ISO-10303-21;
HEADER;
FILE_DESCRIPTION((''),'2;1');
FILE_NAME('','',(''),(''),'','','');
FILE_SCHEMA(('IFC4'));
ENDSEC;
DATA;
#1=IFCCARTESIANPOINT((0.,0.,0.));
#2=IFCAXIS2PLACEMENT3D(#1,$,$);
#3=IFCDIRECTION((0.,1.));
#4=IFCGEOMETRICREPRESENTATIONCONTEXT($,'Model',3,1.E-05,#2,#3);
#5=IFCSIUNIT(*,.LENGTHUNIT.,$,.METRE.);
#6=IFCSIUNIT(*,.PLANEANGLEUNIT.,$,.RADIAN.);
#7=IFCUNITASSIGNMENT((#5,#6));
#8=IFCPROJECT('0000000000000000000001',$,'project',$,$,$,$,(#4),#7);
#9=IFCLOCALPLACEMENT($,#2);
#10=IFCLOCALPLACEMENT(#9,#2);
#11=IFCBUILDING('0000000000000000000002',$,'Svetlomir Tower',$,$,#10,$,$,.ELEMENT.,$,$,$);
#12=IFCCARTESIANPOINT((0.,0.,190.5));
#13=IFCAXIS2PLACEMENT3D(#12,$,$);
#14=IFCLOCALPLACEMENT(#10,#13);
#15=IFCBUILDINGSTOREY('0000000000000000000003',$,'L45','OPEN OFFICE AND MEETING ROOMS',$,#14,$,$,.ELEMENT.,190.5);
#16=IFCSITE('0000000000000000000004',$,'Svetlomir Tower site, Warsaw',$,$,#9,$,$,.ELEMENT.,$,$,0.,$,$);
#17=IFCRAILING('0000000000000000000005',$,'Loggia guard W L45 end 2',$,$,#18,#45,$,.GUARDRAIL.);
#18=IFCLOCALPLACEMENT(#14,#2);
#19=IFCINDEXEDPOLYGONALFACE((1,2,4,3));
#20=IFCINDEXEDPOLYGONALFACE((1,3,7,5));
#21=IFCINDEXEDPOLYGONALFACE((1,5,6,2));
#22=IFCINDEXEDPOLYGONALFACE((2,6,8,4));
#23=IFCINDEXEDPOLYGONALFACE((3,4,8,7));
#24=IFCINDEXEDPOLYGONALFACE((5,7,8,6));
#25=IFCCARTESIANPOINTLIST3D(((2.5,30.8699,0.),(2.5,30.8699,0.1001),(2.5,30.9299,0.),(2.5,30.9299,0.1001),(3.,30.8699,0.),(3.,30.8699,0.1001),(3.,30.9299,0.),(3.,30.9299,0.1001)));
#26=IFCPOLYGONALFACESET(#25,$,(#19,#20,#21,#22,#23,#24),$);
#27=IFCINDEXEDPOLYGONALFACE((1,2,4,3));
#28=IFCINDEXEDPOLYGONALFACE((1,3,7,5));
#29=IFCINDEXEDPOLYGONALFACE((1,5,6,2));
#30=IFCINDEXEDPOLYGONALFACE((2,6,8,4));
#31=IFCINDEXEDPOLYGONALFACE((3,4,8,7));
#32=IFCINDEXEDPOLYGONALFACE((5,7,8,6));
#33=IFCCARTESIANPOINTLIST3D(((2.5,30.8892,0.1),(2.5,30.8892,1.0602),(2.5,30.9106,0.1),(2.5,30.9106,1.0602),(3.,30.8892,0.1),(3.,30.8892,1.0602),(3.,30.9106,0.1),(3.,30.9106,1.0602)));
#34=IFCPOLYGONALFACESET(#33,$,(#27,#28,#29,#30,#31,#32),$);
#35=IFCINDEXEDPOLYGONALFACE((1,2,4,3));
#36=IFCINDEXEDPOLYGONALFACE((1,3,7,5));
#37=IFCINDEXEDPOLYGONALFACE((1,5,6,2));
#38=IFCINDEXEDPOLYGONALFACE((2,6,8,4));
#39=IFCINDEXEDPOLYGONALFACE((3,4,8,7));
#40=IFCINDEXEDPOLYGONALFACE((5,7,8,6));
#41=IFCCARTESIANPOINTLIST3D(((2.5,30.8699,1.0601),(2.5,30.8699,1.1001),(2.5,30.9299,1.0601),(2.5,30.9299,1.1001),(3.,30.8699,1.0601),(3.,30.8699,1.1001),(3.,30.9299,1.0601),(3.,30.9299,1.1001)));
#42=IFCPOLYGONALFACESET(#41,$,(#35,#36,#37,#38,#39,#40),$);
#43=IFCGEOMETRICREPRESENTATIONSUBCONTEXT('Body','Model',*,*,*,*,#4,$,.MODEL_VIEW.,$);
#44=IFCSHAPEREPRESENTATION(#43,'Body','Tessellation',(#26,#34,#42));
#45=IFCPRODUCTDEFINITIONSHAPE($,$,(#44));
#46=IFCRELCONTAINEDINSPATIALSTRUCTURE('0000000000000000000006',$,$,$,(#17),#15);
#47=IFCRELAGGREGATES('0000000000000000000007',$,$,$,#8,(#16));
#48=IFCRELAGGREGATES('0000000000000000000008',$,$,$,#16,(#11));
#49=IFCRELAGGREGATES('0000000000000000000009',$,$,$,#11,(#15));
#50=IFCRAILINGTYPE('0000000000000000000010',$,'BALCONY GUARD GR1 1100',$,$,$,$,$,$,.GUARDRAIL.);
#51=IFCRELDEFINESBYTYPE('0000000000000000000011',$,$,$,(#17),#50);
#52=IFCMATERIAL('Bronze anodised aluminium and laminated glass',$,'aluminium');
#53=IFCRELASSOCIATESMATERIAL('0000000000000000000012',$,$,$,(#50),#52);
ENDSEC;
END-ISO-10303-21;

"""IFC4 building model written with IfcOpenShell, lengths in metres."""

from ifc_helpers import new_model, si_unit, direction, frame, origin, origin_2d, place, context, subcontext, project, spatial, rectangle, extrude, material, type_object, element, save


model = new_model("IFC4")

# Units and contexts
model_context = context("Model", 3, precision=1e-05, world=origin(), true_north=direction((0.0, 1.0)))
body_context = subcontext(model_context, "Body", "Model", "MODEL_VIEW")
ifc_project = project(units=[si_unit("LENGTHUNIT", "METRE"), si_unit("PLANEANGLEUNIT", "RADIAN")], contexts=[model_context])

# Site, building, storey
site_placement = place(None, origin())
site = spatial("IfcSite", under=ifc_project, at=site_placement, Name="Svetlomir Tower site, Warsaw", CompositionType="ELEMENT", RefElevation=0.0)
building_placement = place(site_placement, origin())
building = spatial("IfcBuilding", under=site, at=building_placement, Name="Svetlomir Tower", CompositionType="ELEMENT")
storey_placement = place(building_placement, frame((0.0, 0.0, 190.5)))
storey = spatial("IfcBuildingStorey", under=building, at=storey_placement, Name="L45", Description="OPEN OFFICE AND MEETING ROOMS", CompositionType="ELEMENT", Elevation=190.5)

# Railing
ifc_material_1 = material(Name="Bronze anodised aluminium and laminated glass", Category="aluminium")
railing_type = type_object("IfcRailingType", Name="BALCONY GUARD GR1 1100", PredefinedType="GUARDRAIL", material=ifc_material_1)
railing_1_placement = place(storey_placement, frame((2.5, 30.8999, 0.0)))
element("IfcRailing", 1, at=railing_1_placement, inside=storey, type_object=railing_type, Name="Loggia guard W L45 end 2", PredefinedType="GUARDRAIL", context=body_context, shape_type="SweptSolid", body=[
    extrude(rectangle(XDim=0.0601, YDim=0.1001, at=origin_2d()), frame((0.0, 0.0, 0.05), z_axis=(1.0, 0.0, 0.0), x_axis=(0.0, 1.0, 0.0)), (0.0, 0.0, 1.0), 0.5),
    extrude(rectangle(XDim=0.0215, YDim=0.9602, at=origin_2d()), frame((0.0, 0.0, 0.5801), z_axis=(1.0, 0.0, 0.0), x_axis=(0.0, 1.0, 0.0)), (0.0, 0.0, 1.0), 0.5),
    extrude(rectangle(XDim=0.0601, YDim=0.04, at=origin_2d()), frame((0.0, 0.0, 1.0801), z_axis=(1.0, 0.0, 0.0), x_axis=(0.0, 1.0, 0.0)), (0.0, 0.0, 1.0), 0.5),
])

save(model, "model.ifc")
